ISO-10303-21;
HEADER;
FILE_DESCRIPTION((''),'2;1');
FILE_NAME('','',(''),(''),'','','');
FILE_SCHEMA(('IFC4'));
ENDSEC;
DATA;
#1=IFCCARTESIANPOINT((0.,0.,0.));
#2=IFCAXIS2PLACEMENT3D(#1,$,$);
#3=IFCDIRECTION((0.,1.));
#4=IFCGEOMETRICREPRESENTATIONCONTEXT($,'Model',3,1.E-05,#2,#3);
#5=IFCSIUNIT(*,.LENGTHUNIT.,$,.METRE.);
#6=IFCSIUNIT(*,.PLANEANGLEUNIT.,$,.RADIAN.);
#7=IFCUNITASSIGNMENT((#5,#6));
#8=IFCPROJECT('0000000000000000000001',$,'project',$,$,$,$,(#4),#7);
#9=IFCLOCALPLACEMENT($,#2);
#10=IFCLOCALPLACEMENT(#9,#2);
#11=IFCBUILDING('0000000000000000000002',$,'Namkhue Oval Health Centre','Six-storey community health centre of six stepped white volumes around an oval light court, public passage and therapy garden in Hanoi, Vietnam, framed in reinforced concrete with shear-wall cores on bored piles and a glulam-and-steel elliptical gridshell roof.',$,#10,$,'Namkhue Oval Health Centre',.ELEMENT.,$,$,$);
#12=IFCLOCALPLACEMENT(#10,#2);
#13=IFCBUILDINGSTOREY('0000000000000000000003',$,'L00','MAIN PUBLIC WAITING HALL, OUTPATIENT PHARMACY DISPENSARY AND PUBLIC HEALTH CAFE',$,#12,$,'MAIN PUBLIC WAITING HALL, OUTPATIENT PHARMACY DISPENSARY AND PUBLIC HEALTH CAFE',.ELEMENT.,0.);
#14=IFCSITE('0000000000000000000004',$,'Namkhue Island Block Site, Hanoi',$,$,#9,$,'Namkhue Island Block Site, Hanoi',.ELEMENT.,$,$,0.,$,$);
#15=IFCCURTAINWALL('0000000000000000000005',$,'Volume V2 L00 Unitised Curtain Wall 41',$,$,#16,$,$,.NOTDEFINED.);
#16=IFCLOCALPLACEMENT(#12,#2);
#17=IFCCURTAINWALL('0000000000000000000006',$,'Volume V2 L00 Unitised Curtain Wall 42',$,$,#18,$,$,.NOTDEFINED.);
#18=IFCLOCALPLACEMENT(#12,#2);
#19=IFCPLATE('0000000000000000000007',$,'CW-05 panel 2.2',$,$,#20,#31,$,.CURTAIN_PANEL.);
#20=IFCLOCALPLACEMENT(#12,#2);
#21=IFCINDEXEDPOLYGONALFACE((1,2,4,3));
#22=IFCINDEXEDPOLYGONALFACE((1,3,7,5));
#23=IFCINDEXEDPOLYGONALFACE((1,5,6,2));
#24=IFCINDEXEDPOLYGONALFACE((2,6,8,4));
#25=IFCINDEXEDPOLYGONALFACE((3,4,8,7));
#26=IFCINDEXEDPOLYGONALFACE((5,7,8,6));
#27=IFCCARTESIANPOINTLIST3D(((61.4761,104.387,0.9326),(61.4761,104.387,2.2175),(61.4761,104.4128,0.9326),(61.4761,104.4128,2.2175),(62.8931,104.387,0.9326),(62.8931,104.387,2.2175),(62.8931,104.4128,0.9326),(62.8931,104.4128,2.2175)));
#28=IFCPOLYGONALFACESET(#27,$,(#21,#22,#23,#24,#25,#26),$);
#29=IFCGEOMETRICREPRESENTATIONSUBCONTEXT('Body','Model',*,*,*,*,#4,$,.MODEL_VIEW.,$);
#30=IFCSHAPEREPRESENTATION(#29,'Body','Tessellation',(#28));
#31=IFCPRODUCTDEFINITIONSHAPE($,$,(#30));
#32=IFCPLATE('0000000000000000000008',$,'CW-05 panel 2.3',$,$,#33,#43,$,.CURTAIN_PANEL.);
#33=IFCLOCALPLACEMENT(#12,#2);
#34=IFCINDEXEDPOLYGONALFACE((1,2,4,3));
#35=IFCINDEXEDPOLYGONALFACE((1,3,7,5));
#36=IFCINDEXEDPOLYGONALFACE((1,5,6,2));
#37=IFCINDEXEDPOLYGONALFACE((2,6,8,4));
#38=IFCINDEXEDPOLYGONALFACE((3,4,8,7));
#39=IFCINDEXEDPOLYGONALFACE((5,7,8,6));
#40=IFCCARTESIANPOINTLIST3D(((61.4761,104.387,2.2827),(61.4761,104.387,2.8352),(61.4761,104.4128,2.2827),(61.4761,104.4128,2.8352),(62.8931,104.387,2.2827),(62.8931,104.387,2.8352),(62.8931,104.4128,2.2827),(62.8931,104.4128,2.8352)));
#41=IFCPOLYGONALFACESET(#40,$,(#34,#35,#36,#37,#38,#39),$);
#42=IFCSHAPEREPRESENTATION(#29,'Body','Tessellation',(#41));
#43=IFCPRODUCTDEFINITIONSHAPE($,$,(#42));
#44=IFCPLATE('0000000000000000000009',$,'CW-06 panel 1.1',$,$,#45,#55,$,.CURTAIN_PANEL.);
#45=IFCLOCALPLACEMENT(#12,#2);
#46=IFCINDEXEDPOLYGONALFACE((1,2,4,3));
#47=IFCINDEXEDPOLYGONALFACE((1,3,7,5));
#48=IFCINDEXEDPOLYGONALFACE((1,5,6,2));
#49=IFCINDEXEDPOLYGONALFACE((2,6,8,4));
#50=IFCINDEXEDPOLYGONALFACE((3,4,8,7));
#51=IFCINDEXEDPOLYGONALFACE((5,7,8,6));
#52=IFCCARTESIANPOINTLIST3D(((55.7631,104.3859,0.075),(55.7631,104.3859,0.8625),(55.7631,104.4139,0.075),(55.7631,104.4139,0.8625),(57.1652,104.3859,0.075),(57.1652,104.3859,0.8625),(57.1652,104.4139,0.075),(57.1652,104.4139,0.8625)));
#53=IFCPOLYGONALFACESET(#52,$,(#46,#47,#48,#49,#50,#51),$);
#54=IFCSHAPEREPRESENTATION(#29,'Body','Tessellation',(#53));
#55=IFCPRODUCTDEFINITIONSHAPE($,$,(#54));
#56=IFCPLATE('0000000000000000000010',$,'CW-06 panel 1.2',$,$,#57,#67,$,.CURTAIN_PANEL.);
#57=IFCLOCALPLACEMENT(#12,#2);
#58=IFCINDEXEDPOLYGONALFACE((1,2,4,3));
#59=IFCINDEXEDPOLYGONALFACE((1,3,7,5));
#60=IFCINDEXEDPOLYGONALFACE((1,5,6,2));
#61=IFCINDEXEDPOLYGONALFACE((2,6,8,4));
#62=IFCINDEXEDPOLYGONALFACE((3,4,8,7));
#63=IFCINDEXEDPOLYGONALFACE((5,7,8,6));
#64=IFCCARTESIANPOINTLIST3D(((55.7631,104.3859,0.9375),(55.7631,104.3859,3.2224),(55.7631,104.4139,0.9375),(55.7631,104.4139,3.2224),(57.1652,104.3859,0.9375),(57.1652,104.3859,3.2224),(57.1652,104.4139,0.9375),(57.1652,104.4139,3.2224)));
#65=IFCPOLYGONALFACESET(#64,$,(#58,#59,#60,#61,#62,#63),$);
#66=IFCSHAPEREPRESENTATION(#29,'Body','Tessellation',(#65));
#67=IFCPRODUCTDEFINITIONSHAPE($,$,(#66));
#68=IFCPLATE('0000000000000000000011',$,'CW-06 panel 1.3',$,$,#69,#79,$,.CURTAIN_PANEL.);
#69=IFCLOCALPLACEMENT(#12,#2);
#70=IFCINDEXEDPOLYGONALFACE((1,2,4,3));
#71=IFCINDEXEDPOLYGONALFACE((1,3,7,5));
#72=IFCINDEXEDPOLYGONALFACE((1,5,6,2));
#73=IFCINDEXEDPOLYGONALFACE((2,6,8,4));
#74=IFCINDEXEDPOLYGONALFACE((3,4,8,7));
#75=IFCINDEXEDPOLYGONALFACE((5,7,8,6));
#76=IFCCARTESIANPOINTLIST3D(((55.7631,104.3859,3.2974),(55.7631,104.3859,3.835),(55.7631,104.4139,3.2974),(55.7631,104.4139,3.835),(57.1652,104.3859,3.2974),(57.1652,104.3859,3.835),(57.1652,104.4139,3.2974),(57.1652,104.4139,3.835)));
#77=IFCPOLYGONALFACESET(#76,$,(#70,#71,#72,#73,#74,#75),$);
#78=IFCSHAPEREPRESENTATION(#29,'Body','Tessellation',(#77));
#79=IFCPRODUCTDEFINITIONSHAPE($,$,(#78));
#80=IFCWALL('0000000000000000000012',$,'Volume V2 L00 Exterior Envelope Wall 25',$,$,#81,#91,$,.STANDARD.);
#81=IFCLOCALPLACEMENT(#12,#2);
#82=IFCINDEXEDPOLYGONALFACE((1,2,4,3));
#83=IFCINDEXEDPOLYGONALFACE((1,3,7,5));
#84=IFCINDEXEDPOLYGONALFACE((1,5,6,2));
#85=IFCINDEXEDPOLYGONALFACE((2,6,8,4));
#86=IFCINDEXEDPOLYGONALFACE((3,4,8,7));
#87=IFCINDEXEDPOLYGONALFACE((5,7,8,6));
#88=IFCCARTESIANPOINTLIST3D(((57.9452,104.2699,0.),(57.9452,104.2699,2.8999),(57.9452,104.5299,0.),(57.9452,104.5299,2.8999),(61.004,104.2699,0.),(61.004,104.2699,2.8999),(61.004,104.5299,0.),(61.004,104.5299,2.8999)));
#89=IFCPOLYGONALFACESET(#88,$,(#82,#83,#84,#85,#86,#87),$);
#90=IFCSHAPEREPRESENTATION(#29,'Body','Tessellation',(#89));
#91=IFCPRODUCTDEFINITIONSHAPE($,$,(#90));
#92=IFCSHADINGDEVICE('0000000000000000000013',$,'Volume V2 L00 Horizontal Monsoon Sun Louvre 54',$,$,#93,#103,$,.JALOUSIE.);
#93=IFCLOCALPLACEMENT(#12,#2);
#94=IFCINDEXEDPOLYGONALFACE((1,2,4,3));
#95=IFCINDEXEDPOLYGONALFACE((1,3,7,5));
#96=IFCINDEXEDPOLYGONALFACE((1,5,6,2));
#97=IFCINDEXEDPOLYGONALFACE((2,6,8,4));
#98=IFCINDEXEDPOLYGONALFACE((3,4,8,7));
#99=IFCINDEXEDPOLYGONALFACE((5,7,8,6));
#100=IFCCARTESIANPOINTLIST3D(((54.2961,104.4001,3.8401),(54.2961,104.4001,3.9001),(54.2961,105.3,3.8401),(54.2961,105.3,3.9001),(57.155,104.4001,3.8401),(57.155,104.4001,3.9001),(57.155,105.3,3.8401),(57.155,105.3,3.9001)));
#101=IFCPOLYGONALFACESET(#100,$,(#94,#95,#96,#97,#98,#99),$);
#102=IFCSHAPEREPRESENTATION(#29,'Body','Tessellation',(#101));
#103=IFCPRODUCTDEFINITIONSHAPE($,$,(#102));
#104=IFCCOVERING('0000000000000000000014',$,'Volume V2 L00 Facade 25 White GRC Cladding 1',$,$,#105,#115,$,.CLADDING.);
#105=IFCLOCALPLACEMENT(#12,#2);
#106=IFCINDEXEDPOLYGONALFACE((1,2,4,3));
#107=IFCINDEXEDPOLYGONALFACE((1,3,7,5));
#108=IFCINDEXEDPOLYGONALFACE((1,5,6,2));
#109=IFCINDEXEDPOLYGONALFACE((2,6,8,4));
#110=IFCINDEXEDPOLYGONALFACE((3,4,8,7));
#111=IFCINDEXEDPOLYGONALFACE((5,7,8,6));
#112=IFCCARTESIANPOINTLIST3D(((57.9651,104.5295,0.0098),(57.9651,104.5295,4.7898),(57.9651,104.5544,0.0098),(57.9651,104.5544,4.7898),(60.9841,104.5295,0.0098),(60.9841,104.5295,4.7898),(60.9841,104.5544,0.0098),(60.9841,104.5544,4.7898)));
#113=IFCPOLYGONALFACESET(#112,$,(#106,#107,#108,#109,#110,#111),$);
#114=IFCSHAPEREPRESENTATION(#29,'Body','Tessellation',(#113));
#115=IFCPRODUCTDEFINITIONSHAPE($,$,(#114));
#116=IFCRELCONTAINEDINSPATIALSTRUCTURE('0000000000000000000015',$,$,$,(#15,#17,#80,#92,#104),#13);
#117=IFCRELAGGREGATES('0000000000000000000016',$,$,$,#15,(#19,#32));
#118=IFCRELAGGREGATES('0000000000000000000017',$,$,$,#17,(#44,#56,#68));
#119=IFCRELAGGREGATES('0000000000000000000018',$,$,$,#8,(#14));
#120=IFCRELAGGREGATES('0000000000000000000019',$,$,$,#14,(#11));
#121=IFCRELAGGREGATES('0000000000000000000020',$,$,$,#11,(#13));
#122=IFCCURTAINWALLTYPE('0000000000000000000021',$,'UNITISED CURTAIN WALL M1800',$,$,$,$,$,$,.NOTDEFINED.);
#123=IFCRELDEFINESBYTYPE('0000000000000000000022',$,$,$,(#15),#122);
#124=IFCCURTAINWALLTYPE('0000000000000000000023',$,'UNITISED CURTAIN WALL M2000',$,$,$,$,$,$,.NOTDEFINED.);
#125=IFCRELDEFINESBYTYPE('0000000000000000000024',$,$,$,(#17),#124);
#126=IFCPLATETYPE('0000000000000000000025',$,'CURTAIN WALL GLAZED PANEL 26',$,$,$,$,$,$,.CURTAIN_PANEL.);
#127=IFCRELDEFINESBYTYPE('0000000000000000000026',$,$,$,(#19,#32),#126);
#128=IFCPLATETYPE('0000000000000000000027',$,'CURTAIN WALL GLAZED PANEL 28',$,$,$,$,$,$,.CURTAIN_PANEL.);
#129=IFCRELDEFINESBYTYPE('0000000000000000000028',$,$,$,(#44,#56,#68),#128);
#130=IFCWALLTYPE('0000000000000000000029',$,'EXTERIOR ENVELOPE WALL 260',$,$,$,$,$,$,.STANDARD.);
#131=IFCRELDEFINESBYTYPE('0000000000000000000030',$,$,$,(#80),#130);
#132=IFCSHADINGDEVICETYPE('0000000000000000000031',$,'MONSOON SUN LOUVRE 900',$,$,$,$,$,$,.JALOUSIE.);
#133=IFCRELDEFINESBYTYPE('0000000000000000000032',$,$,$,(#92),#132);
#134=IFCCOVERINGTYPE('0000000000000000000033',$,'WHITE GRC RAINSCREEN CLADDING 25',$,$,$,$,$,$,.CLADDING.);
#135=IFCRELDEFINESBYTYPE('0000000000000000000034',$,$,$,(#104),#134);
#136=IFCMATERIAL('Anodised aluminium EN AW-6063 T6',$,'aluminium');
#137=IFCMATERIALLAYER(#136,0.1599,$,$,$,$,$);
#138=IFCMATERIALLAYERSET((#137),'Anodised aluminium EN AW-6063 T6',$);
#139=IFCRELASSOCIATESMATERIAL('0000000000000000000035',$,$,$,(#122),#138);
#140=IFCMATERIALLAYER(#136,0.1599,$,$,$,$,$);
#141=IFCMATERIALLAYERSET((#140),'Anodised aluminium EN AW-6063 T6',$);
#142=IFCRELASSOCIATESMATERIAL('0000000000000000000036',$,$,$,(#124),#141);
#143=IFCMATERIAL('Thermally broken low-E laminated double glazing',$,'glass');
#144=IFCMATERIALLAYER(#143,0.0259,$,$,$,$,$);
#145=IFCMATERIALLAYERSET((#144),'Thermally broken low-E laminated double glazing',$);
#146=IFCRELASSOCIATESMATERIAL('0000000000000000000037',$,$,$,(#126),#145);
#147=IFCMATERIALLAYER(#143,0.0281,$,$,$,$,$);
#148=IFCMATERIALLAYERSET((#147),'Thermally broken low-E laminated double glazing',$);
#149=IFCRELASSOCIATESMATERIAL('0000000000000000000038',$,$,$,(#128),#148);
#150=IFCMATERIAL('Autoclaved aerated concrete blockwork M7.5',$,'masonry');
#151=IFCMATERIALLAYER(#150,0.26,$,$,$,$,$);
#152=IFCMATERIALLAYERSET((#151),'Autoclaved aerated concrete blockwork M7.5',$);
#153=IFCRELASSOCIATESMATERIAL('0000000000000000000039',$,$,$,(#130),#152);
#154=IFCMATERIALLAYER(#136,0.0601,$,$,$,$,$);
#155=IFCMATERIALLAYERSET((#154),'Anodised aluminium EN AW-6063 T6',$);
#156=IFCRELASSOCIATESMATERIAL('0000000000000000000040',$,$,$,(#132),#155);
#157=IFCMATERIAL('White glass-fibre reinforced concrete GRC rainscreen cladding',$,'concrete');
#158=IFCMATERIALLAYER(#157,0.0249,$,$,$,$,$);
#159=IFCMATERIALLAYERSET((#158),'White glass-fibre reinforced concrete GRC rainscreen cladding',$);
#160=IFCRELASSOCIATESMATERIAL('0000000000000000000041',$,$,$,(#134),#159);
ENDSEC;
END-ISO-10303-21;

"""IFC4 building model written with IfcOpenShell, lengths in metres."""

from ifc_helpers import new_model, si_unit, direction, frame, frame_2d, origin, origin_2d, place, context, subcontext, project, spatial, rectangle, extrude, material, layer, layer_set, type_object, element, aggregate, save


model = new_model("IFC4")

# Units and contexts
model_context = context("Model", 3, precision=1e-05, world=origin(), true_north=direction((0.0, 1.0)))
body_context = subcontext(model_context, "Body", "Model", "MODEL_VIEW")
ifc_project = project(units=[si_unit("LENGTHUNIT", "METRE"), si_unit("PLANEANGLEUNIT", "RADIAN")], contexts=[model_context])

# Site, building, storey
site_placement = place(None, origin())
site = spatial("IfcSite", under=ifc_project, at=site_placement, Name="Namkhue Island Block Site, Hanoi", LongName="Namkhue Island Block Site, Hanoi", CompositionType="ELEMENT", RefElevation=0.0)
building_placement = place(site_placement, origin())
building = spatial("IfcBuilding", under=site, at=building_placement, Name="Namkhue Oval Health Centre", Description="Six-storey community health centre of six stepped white volumes around an oval light court, public passage and therapy garden in Hanoi, Vietnam, framed in reinforced concrete with shear-wall cores on bored piles and a glulam-and-steel elliptical gridshell roof.", LongName="Namkhue Oval Health Centre", CompositionType="ELEMENT")
storey_placement = place(building_placement, origin())
storey = spatial("IfcBuildingStorey", under=building, at=storey_placement, Name="L00", Description="MAIN PUBLIC WAITING HALL, OUTPATIENT PHARMACY DISPENSARY AND PUBLIC HEALTH CAFE", LongName="MAIN PUBLIC WAITING HALL, OUTPATIENT PHARMACY DISPENSARY AND PUBLIC HEALTH CAFE", CompositionType="ELEMENT", Elevation=0.0)

# Curtain wall
ifc_material_1 = material(Name="Anodised aluminium EN AW-6063 T6", Category="aluminium")
ifc_layer_1 = layer(ifc_material_1, 0.1599)
ifc_layer_set_1 = layer_set([ifc_layer_1], Name="Anodised aluminium EN AW-6063 T6")
curtain_wall_type_1 = type_object("IfcCurtainWallType", Name="UNITISED CURTAIN WALL M1800", PredefinedType="NOTDEFINED", material=ifc_layer_set_1)
curtain_wall_1_placement = place(storey_placement, origin())
curtain_wall_1 = element("IfcCurtainWall", 1, at=curtain_wall_1_placement, inside=storey, type_object=curtain_wall_type_1, Name="Volume V2 L00 Unitised Curtain Wall 41", PredefinedType="NOTDEFINED")

# Curtain wall
ifc_layer_2 = layer(ifc_material_1, 0.1599)
ifc_layer_set_2 = layer_set([ifc_layer_2], Name="Anodised aluminium EN AW-6063 T6")
curtain_wall_type_2 = type_object("IfcCurtainWallType", Name="UNITISED CURTAIN WALL M2000", PredefinedType="NOTDEFINED", material=ifc_layer_set_2)
curtain_wall_2_placement = place(storey_placement, origin())
curtain_wall_2 = element("IfcCurtainWall", 2, at=curtain_wall_2_placement, inside=storey, type_object=curtain_wall_type_2, Name="Volume V2 L00 Unitised Curtain Wall 42", PredefinedType="NOTDEFINED")

# Plates
ifc_material_2 = material(Name="Thermally broken low-E laminated double glazing", Category="glass")
ifc_layer_3 = layer(ifc_material_2, 0.0259)
ifc_layer_set_3 = layer_set([ifc_layer_3], Name="Thermally broken low-E laminated double glazing")
plate_type_1 = type_object("IfcPlateType", Name="CURTAIN WALL GLAZED PANEL 26", PredefinedType="CURTAIN_PANEL", material=ifc_layer_set_3)
plate_1_placement = place(storey_placement, frame((62.1846, 104.3999, 0.9326), z_axis=(0.0, 0.0, 1.0), x_axis=(-1.0, 0.0, 0.0)))
plate_1 = element("IfcPlate", 3, at=plate_1_placement, type_object=plate_type_1, Name="CW-05 panel 2.2", PredefinedType="CURTAIN_PANEL", context=body_context, shape_type="SweptSolid", body=[
    extrude(rectangle(XDim=1.417, YDim=0.0259, at=origin_2d()), origin(), (0.0, 0.0, 1.0), 1.2849),
])
plate_2_placement = place(storey_placement, frame((62.1846, 104.3999, 2.2827), z_axis=(0.0, 0.0, 1.0), x_axis=(-1.0, 0.0, 0.0)))
plate_2 = element("IfcPlate", 4, at=plate_2_placement, type_object=plate_type_1, Name="CW-05 panel 2.3", PredefinedType="CURTAIN_PANEL", context=body_context, shape_type="SweptSolid", body=[
    extrude(rectangle(XDim=1.417, YDim=0.0259, at=origin_2d()), origin(), (0.0, 0.0, 1.0), 0.5525),
])
aggregate(curtain_wall_1, [plate_1, plate_2])
ifc_layer_4 = layer(ifc_material_2, 0.0281)
ifc_layer_set_4 = layer_set([ifc_layer_4], Name="Thermally broken low-E laminated double glazing")
plate_type_2 = type_object("IfcPlateType", Name="CURTAIN WALL GLAZED PANEL 28", PredefinedType="CURTAIN_PANEL", material=ifc_layer_set_4)
plate_3_placement = place(storey_placement, frame((56.4641, 104.3999, 0.075), z_axis=(0.0, 0.0, 1.0), x_axis=(-1.0, 0.0, 0.0)))
plate_3 = element("IfcPlate", 5, at=plate_3_placement, type_object=plate_type_2, Name="CW-06 panel 1.1", PredefinedType="CURTAIN_PANEL", context=body_context, shape_type="SweptSolid", body=[
    extrude(rectangle(XDim=1.4021, YDim=0.0281, at=origin_2d()), origin(), (0.0, 0.0, 1.0), 0.7876),
])
plate_4_placement = place(storey_placement, frame((56.4641, 104.3999, 0.9375), z_axis=(0.0, 0.0, 1.0), x_axis=(-1.0, 0.0, 0.0)))
plate_4 = element("IfcPlate", 6, at=plate_4_placement, type_object=plate_type_2, Name="CW-06 panel 1.2", PredefinedType="CURTAIN_PANEL", context=body_context, shape_type="SweptSolid", body=[
    extrude(rectangle(XDim=1.4021, YDim=0.0281, at=origin_2d()), origin(), (0.0, 0.0, 1.0), 2.2849),
])
plate_5_placement = place(storey_placement, frame((56.4641, 104.3999, 3.2974), z_axis=(0.0, 0.0, 1.0), x_axis=(-1.0, 0.0, 0.0)))
plate_5 = element("IfcPlate", 7, at=plate_5_placement, type_object=plate_type_2, Name="CW-06 panel 1.3", PredefinedType="CURTAIN_PANEL", context=body_context, shape_type="SweptSolid", body=[
    extrude(rectangle(XDim=1.4021, YDim=0.0281, at=origin_2d()), origin(), (0.0, 0.0, 1.0), 0.5376),
])
aggregate(curtain_wall_2, [plate_3, plate_4, plate_5])

# Wall
ifc_material_3 = material(Name="Autoclaved aerated concrete blockwork M7.5", Category="masonry")
ifc_layer_5 = layer(ifc_material_3, 0.26)
ifc_layer_set_5 = layer_set([ifc_layer_5], Name="Autoclaved aerated concrete blockwork M7.5")
wall_type = type_object("IfcWallType", Name="EXTERIOR ENVELOPE WALL 260", PredefinedType="STANDARD", material=ifc_layer_set_5)
wall_placement = place(storey_placement, frame((61.0039, 104.3999, 0.0), z_axis=(0.0, 0.0, 1.0), x_axis=(-1.0, 0.0, 0.0)))
element("IfcWall", 8, at=wall_placement, inside=storey, type_object=wall_type, Name="Volume V2 L00 Exterior Envelope Wall 25", PredefinedType="STANDARD", context=body_context, shape_type="SweptSolid", body=[
    extrude(rectangle(XDim=3.0588, YDim=0.26, at=frame_2d((1.5293, 0.0))), origin(), (0.0, 0.0, 1.0), 2.8999),
])

# Shading device
ifc_layer_6 = layer(ifc_material_1, 0.0601)
ifc_layer_set_6 = layer_set([ifc_layer_6], Name="Anodised aluminium EN AW-6063 T6")
shading_device_type = type_object("IfcShadingDeviceType", Name="MONSOON SUN LOUVRE 900", PredefinedType="JALOUSIE", material=ifc_layer_set_6)
shading_device_placement = place(storey_placement, frame((55.7256, 104.8501, 3.8401), z_axis=(0.0, 0.0, 1.0), x_axis=(-1.0, 0.0, 0.0)))
element("IfcShadingDevice", 9, at=shading_device_placement, inside=storey, type_object=shading_device_type, Name="Volume V2 L00 Horizontal Monsoon Sun Louvre 54", PredefinedType="JALOUSIE", context=body_context, shape_type="SweptSolid", body=[
    extrude(rectangle(XDim=2.8589, YDim=0.8999, at=origin_2d()), origin(), (0.0, 0.0, 1.0), 0.0601),
])

# Covering
ifc_material_4 = material(Name="White glass-fibre reinforced concrete GRC rainscreen cladding", Category="concrete")
ifc_layer_7 = layer(ifc_material_4, 0.0249)
ifc_layer_set_7 = layer_set([ifc_layer_7], Name="White glass-fibre reinforced concrete GRC rainscreen cladding")
covering_type = type_object("IfcCoveringType", Name="WHITE GRC RAINSCREEN CLADDING 25", PredefinedType="CLADDING", material=ifc_layer_set_7)
covering_placement = place(storey_placement, frame((59.4746, 104.542, 0.0098), z_axis=(0.0, 0.0, 1.0), x_axis=(-1.0, 0.0, 0.0)))
element("IfcCovering", 10, at=covering_placement, inside=storey, type_object=covering_type, Name="Volume V2 L00 Facade 25 White GRC Cladding 1", PredefinedType="CLADDING", context=body_context, shape_type="SweptSolid", body=[
    extrude(rectangle(XDim=3.019, YDim=0.0249, at=origin_2d()), origin(), (0.0, 0.0, 1.0), 4.78),
])

save(model, "model.ifc")
